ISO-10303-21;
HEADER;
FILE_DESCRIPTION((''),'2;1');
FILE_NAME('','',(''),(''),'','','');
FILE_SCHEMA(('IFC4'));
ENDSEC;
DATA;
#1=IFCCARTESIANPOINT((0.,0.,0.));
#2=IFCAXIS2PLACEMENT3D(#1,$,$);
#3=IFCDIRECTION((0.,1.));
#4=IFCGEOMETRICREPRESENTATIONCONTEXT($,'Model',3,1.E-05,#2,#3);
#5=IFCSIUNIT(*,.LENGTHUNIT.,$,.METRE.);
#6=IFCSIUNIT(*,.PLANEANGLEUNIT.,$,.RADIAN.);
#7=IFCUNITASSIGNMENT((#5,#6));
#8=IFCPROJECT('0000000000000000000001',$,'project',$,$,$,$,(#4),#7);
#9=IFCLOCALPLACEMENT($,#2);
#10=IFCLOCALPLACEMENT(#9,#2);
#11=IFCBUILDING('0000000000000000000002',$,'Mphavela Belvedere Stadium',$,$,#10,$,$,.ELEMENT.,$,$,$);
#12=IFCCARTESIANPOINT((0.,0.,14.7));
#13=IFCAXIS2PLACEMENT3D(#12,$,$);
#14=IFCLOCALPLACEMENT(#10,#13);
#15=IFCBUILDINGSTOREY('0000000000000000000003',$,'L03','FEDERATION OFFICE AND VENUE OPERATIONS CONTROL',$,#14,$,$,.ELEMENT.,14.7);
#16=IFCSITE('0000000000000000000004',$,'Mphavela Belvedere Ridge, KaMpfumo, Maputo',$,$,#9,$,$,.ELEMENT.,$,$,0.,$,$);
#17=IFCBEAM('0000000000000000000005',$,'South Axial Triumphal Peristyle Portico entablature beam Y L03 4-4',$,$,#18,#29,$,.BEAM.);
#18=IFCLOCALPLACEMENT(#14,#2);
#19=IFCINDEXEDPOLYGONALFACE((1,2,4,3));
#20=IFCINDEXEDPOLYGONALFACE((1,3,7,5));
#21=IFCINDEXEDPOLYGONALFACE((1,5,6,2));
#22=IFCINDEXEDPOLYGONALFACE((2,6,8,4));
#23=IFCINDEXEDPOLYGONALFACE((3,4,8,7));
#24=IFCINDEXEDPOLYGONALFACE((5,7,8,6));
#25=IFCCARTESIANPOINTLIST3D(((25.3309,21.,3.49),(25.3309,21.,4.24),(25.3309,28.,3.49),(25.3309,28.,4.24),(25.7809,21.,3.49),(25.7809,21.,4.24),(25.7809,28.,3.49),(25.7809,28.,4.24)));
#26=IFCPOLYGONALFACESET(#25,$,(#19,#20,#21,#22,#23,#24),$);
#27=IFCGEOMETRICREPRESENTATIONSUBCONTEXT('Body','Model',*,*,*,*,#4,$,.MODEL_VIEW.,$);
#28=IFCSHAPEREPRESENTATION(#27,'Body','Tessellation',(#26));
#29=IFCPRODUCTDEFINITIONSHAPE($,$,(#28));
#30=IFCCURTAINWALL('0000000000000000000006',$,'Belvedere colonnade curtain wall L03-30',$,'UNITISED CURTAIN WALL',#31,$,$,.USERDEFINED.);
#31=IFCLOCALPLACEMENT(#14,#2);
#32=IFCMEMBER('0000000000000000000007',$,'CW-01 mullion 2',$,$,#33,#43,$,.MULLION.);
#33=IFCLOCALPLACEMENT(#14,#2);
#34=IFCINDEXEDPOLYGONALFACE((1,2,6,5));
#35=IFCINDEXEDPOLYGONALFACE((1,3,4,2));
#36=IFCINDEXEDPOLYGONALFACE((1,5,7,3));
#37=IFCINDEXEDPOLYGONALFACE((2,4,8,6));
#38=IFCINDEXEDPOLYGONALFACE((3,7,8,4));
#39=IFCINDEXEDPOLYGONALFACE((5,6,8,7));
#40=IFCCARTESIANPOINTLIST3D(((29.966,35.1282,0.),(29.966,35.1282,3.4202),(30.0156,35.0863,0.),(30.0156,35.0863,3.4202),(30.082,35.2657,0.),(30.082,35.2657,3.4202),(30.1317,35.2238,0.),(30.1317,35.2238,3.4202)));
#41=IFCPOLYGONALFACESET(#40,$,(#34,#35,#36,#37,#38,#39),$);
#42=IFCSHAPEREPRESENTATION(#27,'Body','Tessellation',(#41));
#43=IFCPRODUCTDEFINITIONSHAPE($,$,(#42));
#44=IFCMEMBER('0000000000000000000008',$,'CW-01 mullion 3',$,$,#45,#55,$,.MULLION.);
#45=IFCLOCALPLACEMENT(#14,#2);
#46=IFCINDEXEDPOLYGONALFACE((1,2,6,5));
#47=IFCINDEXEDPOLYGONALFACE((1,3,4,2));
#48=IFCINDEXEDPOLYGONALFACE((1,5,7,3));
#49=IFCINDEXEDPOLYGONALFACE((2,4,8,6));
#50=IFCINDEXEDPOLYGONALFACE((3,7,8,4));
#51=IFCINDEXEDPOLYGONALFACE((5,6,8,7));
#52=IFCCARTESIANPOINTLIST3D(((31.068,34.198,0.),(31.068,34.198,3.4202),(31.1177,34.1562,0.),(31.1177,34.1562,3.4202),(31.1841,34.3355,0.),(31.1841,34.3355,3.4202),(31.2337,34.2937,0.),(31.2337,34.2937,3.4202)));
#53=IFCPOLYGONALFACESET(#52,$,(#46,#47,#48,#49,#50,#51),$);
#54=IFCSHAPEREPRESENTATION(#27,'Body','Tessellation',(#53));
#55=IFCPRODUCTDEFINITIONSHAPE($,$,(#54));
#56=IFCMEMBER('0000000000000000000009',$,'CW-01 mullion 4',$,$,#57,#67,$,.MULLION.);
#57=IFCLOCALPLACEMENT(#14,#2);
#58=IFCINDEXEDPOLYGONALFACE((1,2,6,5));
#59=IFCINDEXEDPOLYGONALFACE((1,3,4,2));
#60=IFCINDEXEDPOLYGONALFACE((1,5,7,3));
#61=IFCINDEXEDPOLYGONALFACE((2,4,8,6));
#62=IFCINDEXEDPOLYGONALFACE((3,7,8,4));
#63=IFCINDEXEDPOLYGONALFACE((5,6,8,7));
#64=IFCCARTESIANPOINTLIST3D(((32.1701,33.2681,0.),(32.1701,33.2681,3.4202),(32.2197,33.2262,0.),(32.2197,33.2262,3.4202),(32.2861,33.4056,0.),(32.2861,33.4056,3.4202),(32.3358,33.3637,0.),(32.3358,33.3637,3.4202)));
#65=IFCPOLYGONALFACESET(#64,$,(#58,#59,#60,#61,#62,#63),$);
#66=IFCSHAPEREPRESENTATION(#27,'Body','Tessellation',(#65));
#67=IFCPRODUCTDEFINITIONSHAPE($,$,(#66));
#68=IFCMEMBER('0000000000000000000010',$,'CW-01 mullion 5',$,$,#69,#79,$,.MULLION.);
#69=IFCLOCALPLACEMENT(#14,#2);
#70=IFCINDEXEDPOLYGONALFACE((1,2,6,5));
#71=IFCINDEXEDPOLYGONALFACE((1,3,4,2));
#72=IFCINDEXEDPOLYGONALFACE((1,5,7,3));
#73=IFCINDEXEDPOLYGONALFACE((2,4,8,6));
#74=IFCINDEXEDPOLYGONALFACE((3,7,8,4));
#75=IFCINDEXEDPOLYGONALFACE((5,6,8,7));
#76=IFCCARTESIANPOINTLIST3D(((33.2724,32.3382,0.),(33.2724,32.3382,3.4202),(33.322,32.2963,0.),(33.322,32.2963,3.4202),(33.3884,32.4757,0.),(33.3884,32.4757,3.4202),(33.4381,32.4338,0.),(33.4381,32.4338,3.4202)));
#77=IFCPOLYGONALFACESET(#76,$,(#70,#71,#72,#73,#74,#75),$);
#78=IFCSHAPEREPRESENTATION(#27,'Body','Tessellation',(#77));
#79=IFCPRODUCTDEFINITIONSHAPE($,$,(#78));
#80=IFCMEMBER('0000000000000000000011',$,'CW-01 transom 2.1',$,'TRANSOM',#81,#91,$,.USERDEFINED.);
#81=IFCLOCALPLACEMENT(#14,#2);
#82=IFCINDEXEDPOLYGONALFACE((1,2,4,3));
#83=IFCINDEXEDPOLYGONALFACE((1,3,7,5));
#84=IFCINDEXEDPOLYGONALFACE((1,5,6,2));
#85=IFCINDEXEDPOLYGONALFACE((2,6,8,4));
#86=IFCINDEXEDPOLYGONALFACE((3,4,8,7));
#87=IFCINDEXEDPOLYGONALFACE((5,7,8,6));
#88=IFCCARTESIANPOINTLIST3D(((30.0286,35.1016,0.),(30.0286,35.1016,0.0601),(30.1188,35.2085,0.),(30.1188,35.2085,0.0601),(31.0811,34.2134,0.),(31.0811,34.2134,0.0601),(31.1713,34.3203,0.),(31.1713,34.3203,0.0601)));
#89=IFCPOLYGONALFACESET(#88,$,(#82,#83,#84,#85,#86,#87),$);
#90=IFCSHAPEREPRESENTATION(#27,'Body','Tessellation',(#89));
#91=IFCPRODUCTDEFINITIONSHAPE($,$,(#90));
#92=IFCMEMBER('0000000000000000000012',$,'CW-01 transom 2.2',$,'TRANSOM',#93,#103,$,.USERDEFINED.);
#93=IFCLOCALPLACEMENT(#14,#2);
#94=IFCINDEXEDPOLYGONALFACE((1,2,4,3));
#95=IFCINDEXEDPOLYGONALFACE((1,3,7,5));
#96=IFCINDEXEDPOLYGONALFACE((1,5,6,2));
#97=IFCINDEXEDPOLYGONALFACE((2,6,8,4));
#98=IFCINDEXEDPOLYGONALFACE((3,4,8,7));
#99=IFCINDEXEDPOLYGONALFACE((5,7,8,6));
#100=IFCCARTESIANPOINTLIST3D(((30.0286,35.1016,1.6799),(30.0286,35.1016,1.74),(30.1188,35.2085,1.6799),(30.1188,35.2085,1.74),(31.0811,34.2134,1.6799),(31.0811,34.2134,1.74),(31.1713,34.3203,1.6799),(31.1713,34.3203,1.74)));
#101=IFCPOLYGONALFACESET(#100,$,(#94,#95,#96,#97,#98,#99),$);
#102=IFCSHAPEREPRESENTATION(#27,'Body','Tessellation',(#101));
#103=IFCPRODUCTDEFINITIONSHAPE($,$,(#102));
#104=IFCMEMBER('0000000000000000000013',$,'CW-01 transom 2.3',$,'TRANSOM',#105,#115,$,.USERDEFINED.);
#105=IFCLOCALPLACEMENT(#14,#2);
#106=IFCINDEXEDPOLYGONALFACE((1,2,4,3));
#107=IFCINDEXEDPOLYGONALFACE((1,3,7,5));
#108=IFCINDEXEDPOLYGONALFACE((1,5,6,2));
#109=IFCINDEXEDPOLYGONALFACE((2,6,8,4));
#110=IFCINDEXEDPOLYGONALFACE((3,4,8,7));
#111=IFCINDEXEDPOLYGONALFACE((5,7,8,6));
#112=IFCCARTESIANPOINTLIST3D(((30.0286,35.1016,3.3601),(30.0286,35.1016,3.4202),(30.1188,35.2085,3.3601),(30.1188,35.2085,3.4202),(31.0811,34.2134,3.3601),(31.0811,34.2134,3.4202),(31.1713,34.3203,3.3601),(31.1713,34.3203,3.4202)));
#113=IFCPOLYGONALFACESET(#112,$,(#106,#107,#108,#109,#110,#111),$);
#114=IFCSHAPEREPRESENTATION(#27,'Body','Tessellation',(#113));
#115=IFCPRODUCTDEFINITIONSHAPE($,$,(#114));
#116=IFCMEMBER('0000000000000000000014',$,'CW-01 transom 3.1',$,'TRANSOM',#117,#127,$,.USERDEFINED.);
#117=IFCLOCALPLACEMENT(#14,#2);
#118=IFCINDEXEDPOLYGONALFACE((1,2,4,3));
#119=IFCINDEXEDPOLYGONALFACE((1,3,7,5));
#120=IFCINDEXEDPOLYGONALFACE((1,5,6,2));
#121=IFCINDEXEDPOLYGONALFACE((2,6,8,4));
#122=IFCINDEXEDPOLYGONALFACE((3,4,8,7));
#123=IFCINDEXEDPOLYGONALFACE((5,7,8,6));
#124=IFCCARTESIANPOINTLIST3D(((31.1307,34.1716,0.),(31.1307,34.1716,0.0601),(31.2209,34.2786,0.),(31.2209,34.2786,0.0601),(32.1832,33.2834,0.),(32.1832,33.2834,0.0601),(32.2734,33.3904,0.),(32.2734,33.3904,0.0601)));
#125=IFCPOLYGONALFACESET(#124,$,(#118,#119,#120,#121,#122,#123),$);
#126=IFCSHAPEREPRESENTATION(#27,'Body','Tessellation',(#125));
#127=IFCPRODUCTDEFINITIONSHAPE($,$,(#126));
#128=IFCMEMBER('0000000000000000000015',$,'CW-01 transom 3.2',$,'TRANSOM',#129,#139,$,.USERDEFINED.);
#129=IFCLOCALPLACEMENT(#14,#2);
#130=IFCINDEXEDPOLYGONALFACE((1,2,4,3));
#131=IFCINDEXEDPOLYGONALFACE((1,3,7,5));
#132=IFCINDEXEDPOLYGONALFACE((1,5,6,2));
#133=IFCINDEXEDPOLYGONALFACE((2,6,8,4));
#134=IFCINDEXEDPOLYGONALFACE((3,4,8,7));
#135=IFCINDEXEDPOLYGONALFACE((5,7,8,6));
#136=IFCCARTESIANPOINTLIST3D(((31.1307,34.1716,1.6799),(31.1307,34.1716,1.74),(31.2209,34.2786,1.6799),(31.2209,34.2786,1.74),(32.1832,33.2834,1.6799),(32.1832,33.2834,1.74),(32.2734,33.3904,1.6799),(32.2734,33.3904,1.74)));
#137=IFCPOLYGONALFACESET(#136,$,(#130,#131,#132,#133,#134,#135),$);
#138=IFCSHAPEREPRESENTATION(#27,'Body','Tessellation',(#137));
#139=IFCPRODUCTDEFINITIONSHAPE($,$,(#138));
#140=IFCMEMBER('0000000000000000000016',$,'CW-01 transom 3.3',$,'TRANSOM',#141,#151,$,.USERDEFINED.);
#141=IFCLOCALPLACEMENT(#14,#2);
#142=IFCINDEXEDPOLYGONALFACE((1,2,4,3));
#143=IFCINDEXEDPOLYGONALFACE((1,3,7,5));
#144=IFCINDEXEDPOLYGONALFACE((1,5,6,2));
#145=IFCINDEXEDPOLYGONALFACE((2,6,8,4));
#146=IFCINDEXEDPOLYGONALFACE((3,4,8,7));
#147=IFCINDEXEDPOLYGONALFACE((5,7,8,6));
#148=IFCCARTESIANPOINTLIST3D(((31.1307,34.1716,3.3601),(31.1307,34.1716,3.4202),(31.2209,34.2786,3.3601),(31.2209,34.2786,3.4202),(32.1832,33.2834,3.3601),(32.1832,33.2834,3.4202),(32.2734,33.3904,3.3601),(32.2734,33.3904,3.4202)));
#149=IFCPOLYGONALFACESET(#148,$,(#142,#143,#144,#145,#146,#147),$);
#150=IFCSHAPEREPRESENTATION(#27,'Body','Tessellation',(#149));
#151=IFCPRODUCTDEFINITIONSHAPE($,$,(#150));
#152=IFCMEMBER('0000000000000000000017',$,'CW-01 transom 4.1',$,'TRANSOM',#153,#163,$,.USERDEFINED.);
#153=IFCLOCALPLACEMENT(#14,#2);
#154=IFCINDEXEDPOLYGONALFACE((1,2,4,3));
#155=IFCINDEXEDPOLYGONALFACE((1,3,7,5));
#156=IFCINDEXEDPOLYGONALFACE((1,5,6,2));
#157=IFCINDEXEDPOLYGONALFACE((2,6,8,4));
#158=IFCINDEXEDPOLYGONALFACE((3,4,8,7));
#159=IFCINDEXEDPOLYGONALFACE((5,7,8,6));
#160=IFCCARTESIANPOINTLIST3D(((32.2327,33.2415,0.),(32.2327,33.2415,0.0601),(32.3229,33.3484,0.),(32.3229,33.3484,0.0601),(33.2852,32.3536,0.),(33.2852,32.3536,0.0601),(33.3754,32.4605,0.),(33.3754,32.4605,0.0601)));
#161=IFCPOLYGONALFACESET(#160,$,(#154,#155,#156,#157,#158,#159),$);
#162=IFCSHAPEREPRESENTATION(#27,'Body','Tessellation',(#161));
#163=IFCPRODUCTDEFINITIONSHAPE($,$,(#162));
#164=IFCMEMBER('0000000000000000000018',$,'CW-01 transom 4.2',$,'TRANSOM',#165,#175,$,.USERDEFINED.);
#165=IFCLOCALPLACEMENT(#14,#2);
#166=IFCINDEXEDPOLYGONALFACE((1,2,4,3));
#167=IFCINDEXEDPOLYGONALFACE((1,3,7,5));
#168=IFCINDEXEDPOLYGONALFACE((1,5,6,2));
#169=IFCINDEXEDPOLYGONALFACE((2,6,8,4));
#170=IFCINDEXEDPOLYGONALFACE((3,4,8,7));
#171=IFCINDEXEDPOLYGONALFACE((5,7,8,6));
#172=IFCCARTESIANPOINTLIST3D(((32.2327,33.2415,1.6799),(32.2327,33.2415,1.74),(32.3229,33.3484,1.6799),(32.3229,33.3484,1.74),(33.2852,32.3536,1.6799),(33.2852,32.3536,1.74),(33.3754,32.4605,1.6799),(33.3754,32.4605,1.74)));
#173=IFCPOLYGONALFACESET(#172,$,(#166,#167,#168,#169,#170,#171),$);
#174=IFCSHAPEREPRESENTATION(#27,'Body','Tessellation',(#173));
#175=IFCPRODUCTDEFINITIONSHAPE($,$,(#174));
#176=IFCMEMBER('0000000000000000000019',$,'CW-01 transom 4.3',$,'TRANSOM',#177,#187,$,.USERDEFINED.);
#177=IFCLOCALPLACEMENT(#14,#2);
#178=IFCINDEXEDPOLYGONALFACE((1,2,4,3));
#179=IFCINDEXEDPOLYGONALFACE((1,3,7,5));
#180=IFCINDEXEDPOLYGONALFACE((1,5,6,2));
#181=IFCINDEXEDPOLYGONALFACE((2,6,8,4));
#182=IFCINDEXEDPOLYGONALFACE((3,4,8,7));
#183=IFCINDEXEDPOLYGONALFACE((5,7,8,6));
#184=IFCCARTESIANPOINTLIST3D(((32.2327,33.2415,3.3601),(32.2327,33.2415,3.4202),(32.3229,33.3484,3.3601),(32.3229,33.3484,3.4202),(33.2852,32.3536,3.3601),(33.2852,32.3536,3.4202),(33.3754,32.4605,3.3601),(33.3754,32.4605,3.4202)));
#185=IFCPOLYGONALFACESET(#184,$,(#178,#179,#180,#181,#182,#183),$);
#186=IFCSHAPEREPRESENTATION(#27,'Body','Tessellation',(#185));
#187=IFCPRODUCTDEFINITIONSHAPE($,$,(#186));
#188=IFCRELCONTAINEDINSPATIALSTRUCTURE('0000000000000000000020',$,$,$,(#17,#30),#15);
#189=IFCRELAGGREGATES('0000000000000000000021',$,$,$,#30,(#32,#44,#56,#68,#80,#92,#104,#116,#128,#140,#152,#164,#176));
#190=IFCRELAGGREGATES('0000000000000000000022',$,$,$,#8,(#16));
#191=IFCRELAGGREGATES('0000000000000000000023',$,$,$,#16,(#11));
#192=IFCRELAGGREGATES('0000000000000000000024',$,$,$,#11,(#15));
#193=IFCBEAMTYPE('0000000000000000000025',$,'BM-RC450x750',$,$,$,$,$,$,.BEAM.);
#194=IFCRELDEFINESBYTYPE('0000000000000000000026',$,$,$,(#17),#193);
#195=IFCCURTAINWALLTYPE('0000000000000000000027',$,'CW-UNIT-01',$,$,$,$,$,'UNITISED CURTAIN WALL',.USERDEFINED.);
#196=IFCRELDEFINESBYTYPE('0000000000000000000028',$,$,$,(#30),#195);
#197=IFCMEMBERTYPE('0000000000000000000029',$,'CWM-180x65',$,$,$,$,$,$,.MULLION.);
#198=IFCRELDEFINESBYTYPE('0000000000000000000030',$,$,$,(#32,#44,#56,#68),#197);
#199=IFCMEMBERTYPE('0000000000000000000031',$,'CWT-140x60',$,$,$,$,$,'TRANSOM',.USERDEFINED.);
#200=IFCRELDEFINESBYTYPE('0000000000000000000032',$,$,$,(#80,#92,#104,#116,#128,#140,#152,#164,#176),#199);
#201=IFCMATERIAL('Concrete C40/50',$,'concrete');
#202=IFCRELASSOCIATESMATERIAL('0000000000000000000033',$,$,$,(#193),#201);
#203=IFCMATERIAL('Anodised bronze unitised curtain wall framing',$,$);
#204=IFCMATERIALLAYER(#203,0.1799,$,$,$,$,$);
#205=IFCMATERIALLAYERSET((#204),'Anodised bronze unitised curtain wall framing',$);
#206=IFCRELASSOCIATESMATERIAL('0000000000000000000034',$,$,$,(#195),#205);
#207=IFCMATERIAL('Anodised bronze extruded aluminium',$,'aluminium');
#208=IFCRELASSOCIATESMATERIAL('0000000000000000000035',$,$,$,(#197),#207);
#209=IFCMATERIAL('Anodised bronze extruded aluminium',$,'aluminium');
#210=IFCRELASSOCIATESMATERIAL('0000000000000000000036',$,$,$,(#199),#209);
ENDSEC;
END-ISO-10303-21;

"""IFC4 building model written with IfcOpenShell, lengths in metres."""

from ifc_helpers import new_model, si_unit, direction, frame, origin, origin_2d, place, context, subcontext, project, spatial, rectangle, extrude, material, layer, layer_set, material_profile, profile_set, type_object, element, aggregate, save


model = new_model("IFC4")

# Units and contexts
model_context = context("Model", 3, precision=1e-05, world=origin(), true_north=direction((0.0, 1.0)))
body_context = subcontext(model_context, "Body", "Model", "MODEL_VIEW")
ifc_project = project(units=[si_unit("LENGTHUNIT", "METRE"), si_unit("PLANEANGLEUNIT", "RADIAN")], contexts=[model_context])

# Site, building, storey
site_placement = place(None, origin())
site = spatial("IfcSite", under=ifc_project, at=site_placement, Name="Mphavela Belvedere Ridge, KaMpfumo, Maputo", CompositionType="ELEMENT", RefElevation=0.0)
building_placement = place(site_placement, origin())
building = spatial("IfcBuilding", under=site, at=building_placement, Name="Mphavela Belvedere Stadium", CompositionType="ELEMENT")
storey_placement = place(building_placement, frame((0.0, 0.0, 14.7)))
storey = spatial("IfcBuildingStorey", under=building, at=storey_placement, Name="L03", Description="FEDERATION OFFICE AND VENUE OPERATIONS CONTROL", CompositionType="ELEMENT", Elevation=14.7)

# Beam
ifc_material_1 = material(Name="Concrete C40/50", Category="concrete")
ifc_material_profile_1 = material_profile(ifc_material_1, rectangle(XDim=0.45, YDim=0.75, at=origin_2d()), Name="RC 450x750")
ifc_profile_set_1 = profile_set([ifc_material_profile_1], Name="Concrete C40/50")
beam_type_1 = type_object("IfcBeamType", Name="BM-RC450x750", PredefinedType="BEAM", material=ifc_profile_set_1)
beam_1_placement = place(storey_placement, frame((25.5559, 21.0, 3.865), z_axis=(0.0, 1.0, 0.0), x_axis=(-1.0, 0.0, 0.0)))
element("IfcBeam", 1, at=beam_1_placement, inside=storey, type_object=beam_type_1, Name="South Axial Triumphal Peristyle Portico entablature beam Y L03 4-4", PredefinedType="BEAM", context=body_context, shape_type="SweptSolid", body=[
    extrude(rectangle(XDim=0.45, YDim=0.75, at=origin_2d()), origin(), (0.0, 0.0, 1.0), 7.0),
])

# Curtain wall, members
ifc_material_2 = material(Name="Anodised bronze unitised curtain wall framing")
ifc_layer_1 = layer(ifc_material_2, 0.1799)
ifc_layer_set_1 = layer_set([ifc_layer_1], Name="Anodised bronze unitised curtain wall framing")
curtain_wall_type = type_object("IfcCurtainWallType", Name="CW-UNIT-01", ElementType="UNITISED CURTAIN WALL", PredefinedType="USERDEFINED", material=ifc_layer_set_1)
curtain_wall_placement = place(storey_placement, origin())
curtain_wall = element("IfcCurtainWall", 2, at=curtain_wall_placement, inside=storey, type_object=curtain_wall_type, Name="Belvedere colonnade curtain wall L03-30", ObjectType="UNITISED CURTAIN WALL", PredefinedType="USERDEFINED")
ifc_material_3 = material(Name="Anodised bronze extruded aluminium", Category="aluminium")
ifc_material_profile_2 = material_profile(ifc_material_3, rectangle(XDim=0.1799, YDim=0.0649, at=origin_2d()), Name="CW-MUL 180x65")
ifc_profile_set_2 = profile_set([ifc_material_profile_2], Name="Anodised bronze extruded aluminium")
member_type_1 = type_object("IfcMemberType", Name="CWM-180x65", PredefinedType="MULLION", material=ifc_profile_set_2)
member_1_placement = place(storey_placement, frame((30.0488, 35.176, 0.0), z_axis=(0.0, 0.0, 1.0), x_axis=(0.644905, 0.764263, 0.0)))
member_1 = element("IfcMember", 3, at=member_1_placement, type_object=member_type_1, Name="CW-01 mullion 2", PredefinedType="MULLION", context=body_context, shape_type="SweptSolid", body=[
    extrude(rectangle(XDim=0.1799, YDim=0.0649, at=origin_2d()), origin(), (0.0, 0.0, 1.0), 3.4202),
])
member_2_placement = place(storey_placement, frame((31.1509, 34.2458, 0.0), z_axis=(0.0, 0.0, 1.0), x_axis=(0.644905, 0.764263, 0.0)))
member_2 = element("IfcMember", 4, at=member_2_placement, type_object=member_type_1, Name="CW-01 mullion 3", PredefinedType="MULLION", context=body_context, shape_type="SweptSolid", body=[
    extrude(rectangle(XDim=0.1799, YDim=0.0649, at=origin_2d()), origin(), (0.0, 0.0, 1.0), 3.4202),
])
member_3_placement = place(storey_placement, frame((32.2529, 33.3159, 0.0), z_axis=(0.0, 0.0, 1.0), x_axis=(0.644905, 0.764263, 0.0)))
member_3 = element("IfcMember", 5, at=member_3_placement, type_object=member_type_1, Name="CW-01 mullion 4", PredefinedType="MULLION", context=body_context, shape_type="SweptSolid", body=[
    extrude(rectangle(XDim=0.1799, YDim=0.0649, at=origin_2d()), origin(), (0.0, 0.0, 1.0), 3.4202),
])
member_4_placement = place(storey_placement, frame((33.3552, 32.386, 0.0), z_axis=(0.0, 0.0, 1.0), x_axis=(0.644905, 0.764263, 0.0)))
member_4 = element("IfcMember", 6, at=member_4_placement, type_object=member_type_1, Name="CW-01 mullion 5", PredefinedType="MULLION", context=body_context, shape_type="SweptSolid", body=[
    extrude(rectangle(XDim=0.1799, YDim=0.0649, at=origin_2d()), origin(), (0.0, 0.0, 1.0), 3.4202),
])
ifc_material_4 = material(Name="Anodised bronze extruded aluminium", Category="aluminium")
ifc_material_profile_3 = material_profile(ifc_material_4, rectangle(XDim=0.1399, YDim=0.0601, at=origin_2d()), Name="CW-TRN 140x60")
ifc_profile_set_3 = profile_set([ifc_material_profile_3], Name="Anodised bronze extruded aluminium")
member_type_2 = type_object("IfcMemberType", Name="CWT-140x60", ElementType="TRANSOM", PredefinedType="USERDEFINED", material=ifc_profile_set_3)
member_5_placement = place(storey_placement, frame((30.0737, 35.155, 0.03), z_axis=(0.76424, -0.644932, 0.0), x_axis=(0.644932, 0.76424, 0.0)))
member_5 = element("IfcMember", 7, at=member_5_placement, type_object=member_type_2, Name="CW-01 transom 2.1", ObjectType="TRANSOM", PredefinedType="USERDEFINED", context=body_context, shape_type="SweptSolid", body=[
    extrude(rectangle(XDim=0.1399, YDim=0.0601, at=origin_2d()), origin(), (0.0, 0.0, 1.0), 1.3772),
])
member_6_placement = place(storey_placement, frame((30.0737, 35.155, 1.71), z_axis=(0.76424, -0.644932, 0.0), x_axis=(0.644932, 0.76424, 0.0)))
member_6 = element("IfcMember", 8, at=member_6_placement, type_object=member_type_2, Name="CW-01 transom 2.2", ObjectType="TRANSOM", PredefinedType="USERDEFINED", context=body_context, shape_type="SweptSolid", body=[
    extrude(rectangle(XDim=0.1399, YDim=0.0601, at=origin_2d()), origin(), (0.0, 0.0, 1.0), 1.3772),
])
member_7_placement = place(storey_placement, frame((30.0737, 35.155, 3.3901), z_axis=(0.76424, -0.644932, 0.0), x_axis=(0.644932, 0.76424, 0.0)))
member_7 = element("IfcMember", 9, at=member_7_placement, type_object=member_type_2, Name="CW-01 transom 2.3", ObjectType="TRANSOM", PredefinedType="USERDEFINED", context=body_context, shape_type="SweptSolid", body=[
    extrude(rectangle(XDim=0.1399, YDim=0.0601, at=origin_2d()), origin(), (0.0, 0.0, 1.0), 1.3772),
])
member_8_placement = place(storey_placement, frame((31.1758, 34.2251, 0.03), z_axis=(0.76424, -0.644932, 0.0), x_axis=(0.644932, 0.76424, 0.0)))
member_8 = element("IfcMember", 10, at=member_8_placement, type_object=member_type_2, Name="CW-01 transom 3.1", ObjectType="TRANSOM", PredefinedType="USERDEFINED", context=body_context, shape_type="SweptSolid", body=[
    extrude(rectangle(XDim=0.1399, YDim=0.0601, at=origin_2d()), origin(), (0.0, 0.0, 1.0), 1.3772),
])
member_9_placement = place(storey_placement, frame((31.1758, 34.2251, 1.71), z_axis=(0.76424, -0.644932, 0.0), x_axis=(0.644932, 0.76424, 0.0)))
member_9 = element("IfcMember", 11, at=member_9_placement, type_object=member_type_2, Name="CW-01 transom 3.2", ObjectType="TRANSOM", PredefinedType="USERDEFINED", context=body_context, shape_type="SweptSolid", body=[
    extrude(rectangle(XDim=0.1399, YDim=0.0601, at=origin_2d()), origin(), (0.0, 0.0, 1.0), 1.3772),
])
member_10_placement = place(storey_placement, frame((31.1758, 34.2251, 3.3901), z_axis=(0.76424, -0.644932, 0.0), x_axis=(0.644932, 0.76424, 0.0)))
member_10 = element("IfcMember", 12, at=member_10_placement, type_object=member_type_2, Name="CW-01 transom 3.3", ObjectType="TRANSOM", PredefinedType="USERDEFINED", context=body_context, shape_type="SweptSolid", body=[
    extrude(rectangle(XDim=0.1399, YDim=0.0601, at=origin_2d()), origin(), (0.0, 0.0, 1.0), 1.3772),
])
member_11_placement = place(storey_placement, frame((32.2778, 33.2949, 0.03), z_axis=(0.764327, -0.644829, 0.0), x_axis=(0.644829, 0.764327, 0.0)))
member_11 = element("IfcMember", 13, at=member_11_placement, type_object=member_type_2, Name="CW-01 transom 4.1", ObjectType="TRANSOM", PredefinedType="USERDEFINED", context=body_context, shape_type="SweptSolid", body=[
    extrude(rectangle(XDim=0.1399, YDim=0.0601, at=origin_2d()), origin(), (0.0, 0.0, 1.0), 1.377),
])
member_12_placement = place(storey_placement, frame((32.2778, 33.2949, 1.71), z_axis=(0.764327, -0.644829, 0.0), x_axis=(0.644829, 0.764327, 0.0)))
member_12 = element("IfcMember", 14, at=member_12_placement, type_object=member_type_2, Name="CW-01 transom 4.2", ObjectType="TRANSOM", PredefinedType="USERDEFINED", context=body_context, shape_type="SweptSolid", body=[
    extrude(rectangle(XDim=0.1399, YDim=0.0601, at=origin_2d()), origin(), (0.0, 0.0, 1.0), 1.377),
])
member_13_placement = place(storey_placement, frame((32.2778, 33.2949, 3.3901), z_axis=(0.764327, -0.644829, 0.0), x_axis=(0.644829, 0.764327, 0.0)))
member_13 = element("IfcMember", 15, at=member_13_placement, type_object=member_type_2, Name="CW-01 transom 4.3", ObjectType="TRANSOM", PredefinedType="USERDEFINED", context=body_context, shape_type="SweptSolid", body=[
    extrude(rectangle(XDim=0.1399, YDim=0.0601, at=origin_2d()), origin(), (0.0, 0.0, 1.0), 1.377),
])
aggregate(curtain_wall, [member_1, member_2, member_3, member_4, member_5, member_6, member_7, member_8, member_9, member_10, member_11, member_12, member_13])

save(model, "model.ifc")
